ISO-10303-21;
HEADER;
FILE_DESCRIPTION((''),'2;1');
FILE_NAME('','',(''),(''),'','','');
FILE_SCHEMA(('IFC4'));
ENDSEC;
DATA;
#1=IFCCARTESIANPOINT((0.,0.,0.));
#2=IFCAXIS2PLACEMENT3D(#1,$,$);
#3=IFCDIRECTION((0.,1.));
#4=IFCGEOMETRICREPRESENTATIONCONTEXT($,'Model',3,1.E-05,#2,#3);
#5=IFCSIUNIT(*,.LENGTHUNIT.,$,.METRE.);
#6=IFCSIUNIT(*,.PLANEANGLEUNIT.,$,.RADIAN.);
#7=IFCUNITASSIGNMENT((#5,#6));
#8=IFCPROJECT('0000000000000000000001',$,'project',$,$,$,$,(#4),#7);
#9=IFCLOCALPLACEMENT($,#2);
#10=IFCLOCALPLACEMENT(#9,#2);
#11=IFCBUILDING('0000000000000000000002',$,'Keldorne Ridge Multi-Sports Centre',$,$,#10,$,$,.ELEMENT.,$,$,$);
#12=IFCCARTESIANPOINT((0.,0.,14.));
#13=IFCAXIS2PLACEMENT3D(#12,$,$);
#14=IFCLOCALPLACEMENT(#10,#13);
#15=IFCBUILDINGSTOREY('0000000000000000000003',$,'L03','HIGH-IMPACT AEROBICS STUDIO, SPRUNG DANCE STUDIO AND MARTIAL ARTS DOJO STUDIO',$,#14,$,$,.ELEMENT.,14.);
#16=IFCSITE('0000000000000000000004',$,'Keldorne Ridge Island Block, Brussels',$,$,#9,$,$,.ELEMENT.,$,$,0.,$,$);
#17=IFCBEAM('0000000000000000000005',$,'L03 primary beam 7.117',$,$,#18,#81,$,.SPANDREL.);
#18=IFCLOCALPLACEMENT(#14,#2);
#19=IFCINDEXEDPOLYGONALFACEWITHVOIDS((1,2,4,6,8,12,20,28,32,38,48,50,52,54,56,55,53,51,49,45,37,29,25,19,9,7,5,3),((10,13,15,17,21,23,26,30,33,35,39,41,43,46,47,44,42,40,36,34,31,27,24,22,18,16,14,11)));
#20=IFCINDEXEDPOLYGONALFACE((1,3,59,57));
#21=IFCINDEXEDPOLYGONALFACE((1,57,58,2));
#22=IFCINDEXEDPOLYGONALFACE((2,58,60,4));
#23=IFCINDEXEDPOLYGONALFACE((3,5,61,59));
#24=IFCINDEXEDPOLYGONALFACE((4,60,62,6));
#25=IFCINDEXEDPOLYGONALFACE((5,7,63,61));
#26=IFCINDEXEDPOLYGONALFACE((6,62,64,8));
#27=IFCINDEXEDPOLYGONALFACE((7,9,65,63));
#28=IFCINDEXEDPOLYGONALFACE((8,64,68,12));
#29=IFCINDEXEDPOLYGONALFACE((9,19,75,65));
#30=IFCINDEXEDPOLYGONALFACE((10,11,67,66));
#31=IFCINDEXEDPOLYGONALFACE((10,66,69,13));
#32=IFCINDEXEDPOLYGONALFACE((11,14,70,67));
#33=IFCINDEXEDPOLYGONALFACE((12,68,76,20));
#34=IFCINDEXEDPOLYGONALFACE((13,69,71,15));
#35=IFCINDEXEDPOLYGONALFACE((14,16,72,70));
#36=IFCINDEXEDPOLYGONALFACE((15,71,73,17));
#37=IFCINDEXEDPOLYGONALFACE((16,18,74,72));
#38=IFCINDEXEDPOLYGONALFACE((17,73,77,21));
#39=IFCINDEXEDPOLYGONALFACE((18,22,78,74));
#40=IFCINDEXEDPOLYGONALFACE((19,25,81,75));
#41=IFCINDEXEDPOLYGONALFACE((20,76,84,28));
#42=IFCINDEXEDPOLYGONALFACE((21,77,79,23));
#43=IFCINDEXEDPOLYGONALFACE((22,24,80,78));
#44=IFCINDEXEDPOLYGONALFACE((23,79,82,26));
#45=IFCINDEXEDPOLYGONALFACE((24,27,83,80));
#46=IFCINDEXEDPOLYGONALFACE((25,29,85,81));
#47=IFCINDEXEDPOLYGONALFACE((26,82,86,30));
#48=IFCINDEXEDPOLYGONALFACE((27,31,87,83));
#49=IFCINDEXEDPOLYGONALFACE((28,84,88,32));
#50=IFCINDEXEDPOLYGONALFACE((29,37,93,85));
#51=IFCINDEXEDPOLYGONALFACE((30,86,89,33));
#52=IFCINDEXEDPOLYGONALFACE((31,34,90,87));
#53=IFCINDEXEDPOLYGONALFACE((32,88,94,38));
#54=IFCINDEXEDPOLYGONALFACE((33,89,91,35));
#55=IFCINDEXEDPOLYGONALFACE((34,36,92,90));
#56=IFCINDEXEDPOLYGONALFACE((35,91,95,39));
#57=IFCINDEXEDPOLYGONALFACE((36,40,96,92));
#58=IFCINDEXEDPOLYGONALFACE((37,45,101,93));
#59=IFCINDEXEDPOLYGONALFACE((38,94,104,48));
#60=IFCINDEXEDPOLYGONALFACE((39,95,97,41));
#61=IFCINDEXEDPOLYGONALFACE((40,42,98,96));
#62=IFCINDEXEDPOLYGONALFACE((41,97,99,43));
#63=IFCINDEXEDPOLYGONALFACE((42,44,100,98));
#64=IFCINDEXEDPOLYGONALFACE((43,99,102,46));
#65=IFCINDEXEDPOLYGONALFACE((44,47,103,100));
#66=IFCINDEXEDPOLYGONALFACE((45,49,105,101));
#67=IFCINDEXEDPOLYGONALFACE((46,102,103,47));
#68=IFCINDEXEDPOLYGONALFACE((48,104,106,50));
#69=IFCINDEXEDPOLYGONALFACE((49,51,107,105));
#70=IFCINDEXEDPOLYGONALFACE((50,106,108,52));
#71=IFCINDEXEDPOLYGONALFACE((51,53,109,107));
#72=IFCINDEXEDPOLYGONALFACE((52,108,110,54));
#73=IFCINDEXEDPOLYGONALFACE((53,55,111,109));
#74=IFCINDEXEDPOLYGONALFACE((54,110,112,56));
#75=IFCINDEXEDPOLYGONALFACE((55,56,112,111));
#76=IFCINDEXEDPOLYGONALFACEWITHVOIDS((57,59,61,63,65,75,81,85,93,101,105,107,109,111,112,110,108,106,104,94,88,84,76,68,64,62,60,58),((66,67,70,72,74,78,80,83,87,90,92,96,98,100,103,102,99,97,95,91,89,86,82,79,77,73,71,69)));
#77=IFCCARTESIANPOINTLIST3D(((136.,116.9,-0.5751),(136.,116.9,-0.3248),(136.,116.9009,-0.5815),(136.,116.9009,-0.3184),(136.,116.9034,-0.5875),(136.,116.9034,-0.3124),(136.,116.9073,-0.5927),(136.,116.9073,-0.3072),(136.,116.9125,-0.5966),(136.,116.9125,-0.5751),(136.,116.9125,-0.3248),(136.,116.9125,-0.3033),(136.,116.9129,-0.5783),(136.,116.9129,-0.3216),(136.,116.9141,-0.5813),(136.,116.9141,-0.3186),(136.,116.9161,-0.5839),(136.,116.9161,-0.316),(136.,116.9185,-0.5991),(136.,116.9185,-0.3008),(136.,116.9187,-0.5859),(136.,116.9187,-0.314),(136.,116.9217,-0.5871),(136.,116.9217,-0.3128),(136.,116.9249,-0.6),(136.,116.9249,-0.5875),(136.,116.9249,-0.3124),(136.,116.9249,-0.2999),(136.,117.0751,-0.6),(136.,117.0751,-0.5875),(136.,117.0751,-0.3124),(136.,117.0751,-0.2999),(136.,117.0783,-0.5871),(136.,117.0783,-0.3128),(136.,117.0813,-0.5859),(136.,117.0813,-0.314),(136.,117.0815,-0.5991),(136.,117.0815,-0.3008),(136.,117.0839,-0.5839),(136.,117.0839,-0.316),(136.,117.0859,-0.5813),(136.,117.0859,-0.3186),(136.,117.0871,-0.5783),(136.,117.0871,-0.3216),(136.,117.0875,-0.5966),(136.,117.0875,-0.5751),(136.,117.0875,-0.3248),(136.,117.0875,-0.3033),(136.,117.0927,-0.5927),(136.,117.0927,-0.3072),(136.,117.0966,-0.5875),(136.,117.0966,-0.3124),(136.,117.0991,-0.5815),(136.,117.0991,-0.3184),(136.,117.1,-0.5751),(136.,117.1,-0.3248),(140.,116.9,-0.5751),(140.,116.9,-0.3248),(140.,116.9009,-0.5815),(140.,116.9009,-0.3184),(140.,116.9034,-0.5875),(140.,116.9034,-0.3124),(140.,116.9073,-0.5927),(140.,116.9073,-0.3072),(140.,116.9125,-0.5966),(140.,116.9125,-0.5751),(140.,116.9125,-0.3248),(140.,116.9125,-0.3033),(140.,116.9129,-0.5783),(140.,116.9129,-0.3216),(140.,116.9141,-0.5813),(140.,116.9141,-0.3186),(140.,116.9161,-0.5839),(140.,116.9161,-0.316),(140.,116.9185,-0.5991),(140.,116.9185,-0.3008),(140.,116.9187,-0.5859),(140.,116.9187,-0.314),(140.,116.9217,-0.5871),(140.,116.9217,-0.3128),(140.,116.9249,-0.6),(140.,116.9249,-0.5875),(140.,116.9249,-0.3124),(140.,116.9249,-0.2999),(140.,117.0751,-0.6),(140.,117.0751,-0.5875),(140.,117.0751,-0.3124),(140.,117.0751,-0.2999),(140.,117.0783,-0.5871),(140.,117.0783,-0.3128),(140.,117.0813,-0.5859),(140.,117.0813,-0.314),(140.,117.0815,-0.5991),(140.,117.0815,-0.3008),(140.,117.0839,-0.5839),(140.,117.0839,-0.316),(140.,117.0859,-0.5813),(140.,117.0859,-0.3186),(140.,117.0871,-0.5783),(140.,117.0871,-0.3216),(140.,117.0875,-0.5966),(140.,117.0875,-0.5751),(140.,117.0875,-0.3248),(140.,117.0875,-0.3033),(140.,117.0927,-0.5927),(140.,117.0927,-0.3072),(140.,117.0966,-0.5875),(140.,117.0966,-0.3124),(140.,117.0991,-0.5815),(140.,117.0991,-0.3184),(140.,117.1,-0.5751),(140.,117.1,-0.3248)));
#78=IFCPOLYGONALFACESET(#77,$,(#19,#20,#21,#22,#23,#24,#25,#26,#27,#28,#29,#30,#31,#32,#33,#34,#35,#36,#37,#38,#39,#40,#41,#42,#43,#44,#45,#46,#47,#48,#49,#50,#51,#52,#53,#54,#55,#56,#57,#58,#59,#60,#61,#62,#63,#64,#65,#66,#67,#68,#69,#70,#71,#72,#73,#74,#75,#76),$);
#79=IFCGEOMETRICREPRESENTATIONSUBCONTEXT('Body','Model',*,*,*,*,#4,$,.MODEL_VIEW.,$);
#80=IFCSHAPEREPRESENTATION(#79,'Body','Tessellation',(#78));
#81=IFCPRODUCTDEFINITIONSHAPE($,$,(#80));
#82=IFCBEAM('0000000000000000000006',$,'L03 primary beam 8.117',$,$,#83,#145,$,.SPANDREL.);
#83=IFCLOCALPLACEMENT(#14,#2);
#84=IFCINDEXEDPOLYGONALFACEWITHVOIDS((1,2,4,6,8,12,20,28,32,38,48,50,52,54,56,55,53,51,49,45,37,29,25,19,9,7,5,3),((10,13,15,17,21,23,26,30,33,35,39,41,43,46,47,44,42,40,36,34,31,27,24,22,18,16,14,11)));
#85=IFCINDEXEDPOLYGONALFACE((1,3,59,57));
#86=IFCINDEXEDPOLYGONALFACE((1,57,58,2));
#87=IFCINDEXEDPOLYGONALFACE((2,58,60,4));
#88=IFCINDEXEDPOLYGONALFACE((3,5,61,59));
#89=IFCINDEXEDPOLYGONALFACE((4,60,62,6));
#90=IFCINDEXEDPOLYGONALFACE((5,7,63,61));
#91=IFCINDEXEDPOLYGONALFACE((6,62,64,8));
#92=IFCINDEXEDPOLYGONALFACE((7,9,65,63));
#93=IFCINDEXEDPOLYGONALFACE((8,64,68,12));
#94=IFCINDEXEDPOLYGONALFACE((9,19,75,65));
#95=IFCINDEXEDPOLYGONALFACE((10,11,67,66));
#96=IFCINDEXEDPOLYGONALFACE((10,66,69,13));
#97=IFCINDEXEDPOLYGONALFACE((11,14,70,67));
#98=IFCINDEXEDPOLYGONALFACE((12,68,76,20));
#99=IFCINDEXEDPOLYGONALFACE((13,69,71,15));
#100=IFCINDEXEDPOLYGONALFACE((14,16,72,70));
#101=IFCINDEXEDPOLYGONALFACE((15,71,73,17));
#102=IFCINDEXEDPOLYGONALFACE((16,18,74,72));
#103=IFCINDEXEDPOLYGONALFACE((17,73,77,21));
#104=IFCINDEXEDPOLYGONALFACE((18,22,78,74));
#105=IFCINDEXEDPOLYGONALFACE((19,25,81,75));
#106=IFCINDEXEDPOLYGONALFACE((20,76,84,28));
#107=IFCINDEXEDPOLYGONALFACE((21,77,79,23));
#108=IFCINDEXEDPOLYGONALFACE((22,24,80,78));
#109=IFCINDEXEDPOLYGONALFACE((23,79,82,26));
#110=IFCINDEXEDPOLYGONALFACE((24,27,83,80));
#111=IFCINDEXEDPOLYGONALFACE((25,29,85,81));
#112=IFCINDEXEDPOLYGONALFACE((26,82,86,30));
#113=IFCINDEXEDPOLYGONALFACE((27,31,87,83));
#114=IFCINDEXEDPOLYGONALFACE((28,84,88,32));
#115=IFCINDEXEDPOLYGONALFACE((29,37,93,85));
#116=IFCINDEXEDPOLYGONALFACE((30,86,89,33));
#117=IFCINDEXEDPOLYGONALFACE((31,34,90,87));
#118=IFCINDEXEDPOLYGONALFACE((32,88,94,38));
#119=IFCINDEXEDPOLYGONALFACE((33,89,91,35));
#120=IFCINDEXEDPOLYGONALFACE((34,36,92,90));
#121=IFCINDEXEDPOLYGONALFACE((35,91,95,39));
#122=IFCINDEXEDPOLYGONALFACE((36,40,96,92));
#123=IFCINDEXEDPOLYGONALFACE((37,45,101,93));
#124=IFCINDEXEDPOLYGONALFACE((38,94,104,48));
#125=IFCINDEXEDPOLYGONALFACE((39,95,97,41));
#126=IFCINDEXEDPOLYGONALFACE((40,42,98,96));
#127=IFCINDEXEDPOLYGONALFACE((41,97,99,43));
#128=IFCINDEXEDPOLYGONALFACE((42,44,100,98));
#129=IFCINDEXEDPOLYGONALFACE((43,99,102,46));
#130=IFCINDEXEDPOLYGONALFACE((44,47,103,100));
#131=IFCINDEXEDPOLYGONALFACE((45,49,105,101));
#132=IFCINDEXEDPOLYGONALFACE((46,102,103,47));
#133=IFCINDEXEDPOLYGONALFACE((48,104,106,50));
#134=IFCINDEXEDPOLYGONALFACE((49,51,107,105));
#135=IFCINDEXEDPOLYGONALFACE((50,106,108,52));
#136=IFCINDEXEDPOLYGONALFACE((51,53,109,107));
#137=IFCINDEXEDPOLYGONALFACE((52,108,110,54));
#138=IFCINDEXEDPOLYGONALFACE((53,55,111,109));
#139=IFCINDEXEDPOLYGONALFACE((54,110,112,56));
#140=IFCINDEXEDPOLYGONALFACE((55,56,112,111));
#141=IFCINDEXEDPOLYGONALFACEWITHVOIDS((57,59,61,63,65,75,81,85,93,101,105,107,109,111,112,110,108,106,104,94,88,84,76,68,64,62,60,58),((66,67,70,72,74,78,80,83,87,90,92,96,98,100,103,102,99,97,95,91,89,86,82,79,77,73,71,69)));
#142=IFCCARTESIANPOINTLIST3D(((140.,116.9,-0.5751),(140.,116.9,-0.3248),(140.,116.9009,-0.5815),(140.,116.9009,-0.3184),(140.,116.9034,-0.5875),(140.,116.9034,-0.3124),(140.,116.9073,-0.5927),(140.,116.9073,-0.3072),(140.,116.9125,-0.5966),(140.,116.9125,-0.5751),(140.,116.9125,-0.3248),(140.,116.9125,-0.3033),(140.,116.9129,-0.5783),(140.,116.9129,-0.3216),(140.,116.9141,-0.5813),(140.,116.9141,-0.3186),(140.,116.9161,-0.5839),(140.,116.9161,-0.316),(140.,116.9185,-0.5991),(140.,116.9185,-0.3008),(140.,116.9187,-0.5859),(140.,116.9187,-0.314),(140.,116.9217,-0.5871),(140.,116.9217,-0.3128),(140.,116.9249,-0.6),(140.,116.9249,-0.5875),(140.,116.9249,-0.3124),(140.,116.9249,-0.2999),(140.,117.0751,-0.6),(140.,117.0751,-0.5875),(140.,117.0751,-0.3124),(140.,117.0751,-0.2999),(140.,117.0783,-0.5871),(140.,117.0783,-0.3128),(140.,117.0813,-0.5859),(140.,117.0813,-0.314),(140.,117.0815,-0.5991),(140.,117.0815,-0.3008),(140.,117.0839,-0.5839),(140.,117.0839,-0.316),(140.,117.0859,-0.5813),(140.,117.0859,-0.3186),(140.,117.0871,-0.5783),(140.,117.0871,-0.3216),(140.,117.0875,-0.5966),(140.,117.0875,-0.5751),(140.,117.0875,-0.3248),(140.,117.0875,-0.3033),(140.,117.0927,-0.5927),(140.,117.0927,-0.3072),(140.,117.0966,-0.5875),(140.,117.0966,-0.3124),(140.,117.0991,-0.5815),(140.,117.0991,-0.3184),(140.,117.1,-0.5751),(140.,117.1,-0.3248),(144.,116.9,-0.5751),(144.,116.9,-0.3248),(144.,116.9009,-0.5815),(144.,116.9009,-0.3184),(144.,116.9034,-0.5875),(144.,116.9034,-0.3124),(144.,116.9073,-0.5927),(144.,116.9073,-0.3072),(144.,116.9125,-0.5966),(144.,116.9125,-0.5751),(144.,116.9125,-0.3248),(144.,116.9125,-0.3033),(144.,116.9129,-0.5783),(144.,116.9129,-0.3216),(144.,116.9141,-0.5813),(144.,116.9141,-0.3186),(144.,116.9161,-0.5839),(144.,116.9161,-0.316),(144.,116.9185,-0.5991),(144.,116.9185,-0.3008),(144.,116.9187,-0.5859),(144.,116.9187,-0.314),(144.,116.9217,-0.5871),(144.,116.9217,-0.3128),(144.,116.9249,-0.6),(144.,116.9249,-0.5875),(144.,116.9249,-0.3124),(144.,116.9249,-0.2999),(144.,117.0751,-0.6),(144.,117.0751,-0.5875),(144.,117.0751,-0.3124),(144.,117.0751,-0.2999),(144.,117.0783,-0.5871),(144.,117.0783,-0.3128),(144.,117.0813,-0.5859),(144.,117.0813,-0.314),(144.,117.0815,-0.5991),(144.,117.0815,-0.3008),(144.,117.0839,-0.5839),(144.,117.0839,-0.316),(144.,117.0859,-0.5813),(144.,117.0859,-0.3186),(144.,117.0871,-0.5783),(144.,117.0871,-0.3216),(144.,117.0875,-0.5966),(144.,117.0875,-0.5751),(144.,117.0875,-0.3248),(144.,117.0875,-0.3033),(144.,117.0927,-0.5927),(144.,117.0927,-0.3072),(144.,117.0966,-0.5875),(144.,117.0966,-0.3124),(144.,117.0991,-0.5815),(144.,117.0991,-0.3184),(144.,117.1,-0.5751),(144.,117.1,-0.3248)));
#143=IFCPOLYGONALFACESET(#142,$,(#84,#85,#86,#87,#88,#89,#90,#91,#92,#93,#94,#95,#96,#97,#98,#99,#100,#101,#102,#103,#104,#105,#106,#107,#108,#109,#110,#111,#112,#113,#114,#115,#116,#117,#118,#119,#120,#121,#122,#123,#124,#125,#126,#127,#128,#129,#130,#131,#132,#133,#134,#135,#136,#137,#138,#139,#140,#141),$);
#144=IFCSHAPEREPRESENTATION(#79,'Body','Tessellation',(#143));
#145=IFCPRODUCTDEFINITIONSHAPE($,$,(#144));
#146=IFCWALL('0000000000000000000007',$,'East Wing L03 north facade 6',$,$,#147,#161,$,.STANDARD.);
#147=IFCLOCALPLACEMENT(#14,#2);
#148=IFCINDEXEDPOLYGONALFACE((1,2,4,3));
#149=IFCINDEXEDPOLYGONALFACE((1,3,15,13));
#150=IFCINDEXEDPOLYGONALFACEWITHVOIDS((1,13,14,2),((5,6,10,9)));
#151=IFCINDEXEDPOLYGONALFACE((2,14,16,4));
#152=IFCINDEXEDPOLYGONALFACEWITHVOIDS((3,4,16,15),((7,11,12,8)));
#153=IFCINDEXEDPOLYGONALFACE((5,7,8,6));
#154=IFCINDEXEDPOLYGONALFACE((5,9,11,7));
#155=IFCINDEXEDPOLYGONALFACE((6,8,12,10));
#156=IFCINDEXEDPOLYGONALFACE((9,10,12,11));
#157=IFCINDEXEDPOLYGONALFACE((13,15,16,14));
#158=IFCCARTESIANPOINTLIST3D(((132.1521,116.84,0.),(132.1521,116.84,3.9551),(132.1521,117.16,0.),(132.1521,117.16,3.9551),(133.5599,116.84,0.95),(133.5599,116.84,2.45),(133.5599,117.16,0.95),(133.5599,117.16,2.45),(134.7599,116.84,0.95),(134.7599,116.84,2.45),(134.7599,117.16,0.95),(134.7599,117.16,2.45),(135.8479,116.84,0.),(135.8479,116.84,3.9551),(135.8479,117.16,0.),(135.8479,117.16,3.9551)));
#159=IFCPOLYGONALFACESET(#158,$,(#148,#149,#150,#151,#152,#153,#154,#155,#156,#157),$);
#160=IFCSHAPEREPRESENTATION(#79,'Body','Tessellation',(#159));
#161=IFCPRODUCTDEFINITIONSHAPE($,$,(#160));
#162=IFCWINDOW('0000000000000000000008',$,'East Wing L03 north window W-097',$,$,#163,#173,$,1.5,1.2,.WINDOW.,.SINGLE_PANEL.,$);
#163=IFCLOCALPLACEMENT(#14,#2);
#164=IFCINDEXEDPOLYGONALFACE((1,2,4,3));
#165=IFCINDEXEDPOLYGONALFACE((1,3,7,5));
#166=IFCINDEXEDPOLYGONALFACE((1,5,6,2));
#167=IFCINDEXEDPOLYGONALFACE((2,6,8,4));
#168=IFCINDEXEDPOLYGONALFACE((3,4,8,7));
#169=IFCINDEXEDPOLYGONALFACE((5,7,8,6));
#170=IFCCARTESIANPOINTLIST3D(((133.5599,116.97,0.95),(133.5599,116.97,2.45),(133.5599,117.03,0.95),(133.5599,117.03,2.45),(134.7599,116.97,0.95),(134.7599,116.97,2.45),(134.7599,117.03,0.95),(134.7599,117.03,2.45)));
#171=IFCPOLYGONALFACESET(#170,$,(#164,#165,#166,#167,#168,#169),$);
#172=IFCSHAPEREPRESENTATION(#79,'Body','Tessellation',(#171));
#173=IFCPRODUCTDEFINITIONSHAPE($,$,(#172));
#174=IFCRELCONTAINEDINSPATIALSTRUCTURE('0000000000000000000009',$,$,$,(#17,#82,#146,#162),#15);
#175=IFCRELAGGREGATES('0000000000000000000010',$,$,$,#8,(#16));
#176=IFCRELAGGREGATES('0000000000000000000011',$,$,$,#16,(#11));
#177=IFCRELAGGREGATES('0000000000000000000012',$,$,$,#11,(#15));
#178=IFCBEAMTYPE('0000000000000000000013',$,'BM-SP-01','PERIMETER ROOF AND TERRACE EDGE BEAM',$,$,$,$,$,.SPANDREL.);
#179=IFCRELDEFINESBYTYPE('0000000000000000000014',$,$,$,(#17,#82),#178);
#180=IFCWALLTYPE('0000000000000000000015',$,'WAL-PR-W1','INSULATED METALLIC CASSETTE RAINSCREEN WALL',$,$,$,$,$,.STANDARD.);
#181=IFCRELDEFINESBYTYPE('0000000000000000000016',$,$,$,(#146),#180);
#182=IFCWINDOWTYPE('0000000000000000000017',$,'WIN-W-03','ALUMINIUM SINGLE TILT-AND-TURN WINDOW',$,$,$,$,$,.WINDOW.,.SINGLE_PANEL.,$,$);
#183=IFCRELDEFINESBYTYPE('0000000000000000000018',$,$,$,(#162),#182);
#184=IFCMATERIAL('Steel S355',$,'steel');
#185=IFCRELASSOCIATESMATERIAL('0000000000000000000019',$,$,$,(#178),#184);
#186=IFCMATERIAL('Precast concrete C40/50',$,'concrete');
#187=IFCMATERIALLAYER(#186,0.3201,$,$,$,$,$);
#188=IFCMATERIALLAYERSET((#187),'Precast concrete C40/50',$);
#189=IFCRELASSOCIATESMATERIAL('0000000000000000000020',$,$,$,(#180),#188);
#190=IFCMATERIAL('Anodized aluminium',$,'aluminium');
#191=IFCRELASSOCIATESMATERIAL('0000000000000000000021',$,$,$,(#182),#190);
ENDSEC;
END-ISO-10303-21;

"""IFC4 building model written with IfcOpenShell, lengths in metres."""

from ifc_helpers import new_model, si_unit, direction, frame, frame_2d, origin, origin_2d, place, context, subcontext, project, spatial, rectangle, hollow_rectangle, extrude, material, layer, layer_set, material_profile, profile_set, type_object, element, fill, save


model = new_model("IFC4")

# Units and contexts
model_context = context("Model", 3, precision=1e-05, world=origin(), true_north=direction((0.0, 1.0)))
body_context = subcontext(model_context, "Body", "Model", "MODEL_VIEW")
ifc_project = project(units=[si_unit("LENGTHUNIT", "METRE"), si_unit("PLANEANGLEUNIT", "RADIAN")], contexts=[model_context])

# Site, building, storey
site_placement = place(None, origin())
site = spatial("IfcSite", under=ifc_project, at=site_placement, Name="Keldorne Ridge Island Block, Brussels", CompositionType="ELEMENT", RefElevation=0.0)
building_placement = place(site_placement, origin())
building = spatial("IfcBuilding", under=site, at=building_placement, Name="Keldorne Ridge Multi-Sports Centre", CompositionType="ELEMENT")
storey_placement = place(building_placement, frame((0.0, 0.0, 14.0)))
storey = spatial("IfcBuildingStorey", under=building, at=storey_placement, Name="L03", Description="HIGH-IMPACT AEROBICS STUDIO, SPRUNG DANCE STUDIO AND MARTIAL ARTS DOJO STUDIO", CompositionType="ELEMENT", Elevation=14.0)

# Shared definitions
ifc_material_1 = material(Name="Steel S355", Category="steel")

# Beams
ifc_material_profile_1 = material_profile(ifc_material_1, hollow_rectangle(XDim=0.2, YDim=0.3, WallThickness=0.0125, InnerFilletRadius=0.0125, OuterFilletRadius=0.0249, at=origin_2d()), Name="RHS 300x200x12.5")
ifc_profile_set_1 = profile_set([ifc_material_profile_1], Name="Steel S355")
beam_type_1 = type_object("IfcBeamType", Name="BM-SP-01", Description="PERIMETER ROOF AND TERRACE EDGE BEAM", PredefinedType="SPANDREL", material=ifc_profile_set_1)
for number, where, z_axis, x_axis, name in (
    (1, (136.0, 117.0, -0.45), (1.0, 0.0, 0.0), (0.0, 1.0, 0.0), "L03 primary beam 7.117"),
    (2, (140.0, 117.0, -0.45), (1.0, 0.0, 0.0), (0.0, 1.0, 0.0), "L03 primary beam 8.117"),
):
    element("IfcBeam", number, at=place(storey_placement, frame(where, z_axis=z_axis, x_axis=x_axis)), inside=storey, type_object=beam_type_1, Name=name, PredefinedType="SPANDREL", context=body_context, shape_type="SweptSolid", body=[
        extrude(hollow_rectangle(XDim=0.2, YDim=0.3, WallThickness=0.0125, InnerFilletRadius=0.0125, OuterFilletRadius=0.0249, at=origin_2d()), origin(), (0.0, 0.0, 1.0), 4.0),
    ])

# Wall, opening, window
ifc_material_2 = material(Name="Precast concrete C40/50", Category="concrete")
ifc_layer_1 = layer(ifc_material_2, 0.3201)
ifc_layer_set_1 = layer_set([ifc_layer_1], Name="Precast concrete C40/50")
wall_type_1 = type_object("IfcWallType", Name="WAL-PR-W1", Description="INSULATED METALLIC CASSETTE RAINSCREEN WALL", PredefinedType="STANDARD", material=ifc_layer_set_1)
wall_1_placement = place(storey_placement, frame((135.8479, 117.0, 0.0), z_axis=(0.0, 0.0, 1.0), x_axis=(-1.0, 0.0, 0.0)))
wall_1 = element("IfcWall", 3, at=wall_1_placement, inside=storey, type_object=wall_type_1, Name="East Wing L03 north facade 6", PredefinedType="STANDARD", context=body_context, shape_type="SweptSolid", body=[
    extrude(rectangle(XDim=3.6958, YDim=0.3201, at=frame_2d((1.8479, 0.0))), origin(), (0.0, 0.0, 1.0), 3.9551),
])
opening_1_placement = place(wall_1_placement, frame((1.0879, 0.0, 0.95)))
opening_1 = element("IfcOpeningElement", 4, at=opening_1_placement, cuts=wall_1, PredefinedType="OPENING", context=body_context, shape_type="SweptSolid", body=[
    extrude(rectangle(XDim=1.2, YDim=1.5, at=frame_2d((0.6001, 0.75))), frame((0.0, 0.1699, 0.0), z_axis=(0.0, -1.0, 0.0), x_axis=(1.0, 0.0, 0.0)), (0.0, 0.0, 1.0), 0.3401),
])
ifc_material_3 = material(Name="Anodized aluminium", Category="aluminium")
window_type = type_object("IfcWindowType", Name="WIN-W-03", Description="ALUMINIUM SINGLE TILT-AND-TURN WINDOW", PartitioningType="SINGLE_PANEL", PredefinedType="WINDOW", material=ifc_material_3)
window_1_placement = place(opening_1_placement, origin())
window_1 = element("IfcWindow", 5, at=window_1_placement, inside=storey, type_object=window_type, Name="East Wing L03 north window W-097", OverallHeight=1.5, OverallWidth=1.2, PartitioningType="SINGLE_PANEL", PredefinedType="WINDOW", context=body_context, shape_type="SweptSolid", body=[
    extrude(rectangle(XDim=1.2, YDim=1.5, at=frame_2d((0.6001, 0.75))), frame((0.0, 0.03, 0.0), z_axis=(0.0, -1.0, 0.0), x_axis=(1.0, 0.0, 0.0)), (0.0, 0.0, 1.0), 0.0601),
])
fill(opening_1, window_1)

save(model, "model.ifc")
